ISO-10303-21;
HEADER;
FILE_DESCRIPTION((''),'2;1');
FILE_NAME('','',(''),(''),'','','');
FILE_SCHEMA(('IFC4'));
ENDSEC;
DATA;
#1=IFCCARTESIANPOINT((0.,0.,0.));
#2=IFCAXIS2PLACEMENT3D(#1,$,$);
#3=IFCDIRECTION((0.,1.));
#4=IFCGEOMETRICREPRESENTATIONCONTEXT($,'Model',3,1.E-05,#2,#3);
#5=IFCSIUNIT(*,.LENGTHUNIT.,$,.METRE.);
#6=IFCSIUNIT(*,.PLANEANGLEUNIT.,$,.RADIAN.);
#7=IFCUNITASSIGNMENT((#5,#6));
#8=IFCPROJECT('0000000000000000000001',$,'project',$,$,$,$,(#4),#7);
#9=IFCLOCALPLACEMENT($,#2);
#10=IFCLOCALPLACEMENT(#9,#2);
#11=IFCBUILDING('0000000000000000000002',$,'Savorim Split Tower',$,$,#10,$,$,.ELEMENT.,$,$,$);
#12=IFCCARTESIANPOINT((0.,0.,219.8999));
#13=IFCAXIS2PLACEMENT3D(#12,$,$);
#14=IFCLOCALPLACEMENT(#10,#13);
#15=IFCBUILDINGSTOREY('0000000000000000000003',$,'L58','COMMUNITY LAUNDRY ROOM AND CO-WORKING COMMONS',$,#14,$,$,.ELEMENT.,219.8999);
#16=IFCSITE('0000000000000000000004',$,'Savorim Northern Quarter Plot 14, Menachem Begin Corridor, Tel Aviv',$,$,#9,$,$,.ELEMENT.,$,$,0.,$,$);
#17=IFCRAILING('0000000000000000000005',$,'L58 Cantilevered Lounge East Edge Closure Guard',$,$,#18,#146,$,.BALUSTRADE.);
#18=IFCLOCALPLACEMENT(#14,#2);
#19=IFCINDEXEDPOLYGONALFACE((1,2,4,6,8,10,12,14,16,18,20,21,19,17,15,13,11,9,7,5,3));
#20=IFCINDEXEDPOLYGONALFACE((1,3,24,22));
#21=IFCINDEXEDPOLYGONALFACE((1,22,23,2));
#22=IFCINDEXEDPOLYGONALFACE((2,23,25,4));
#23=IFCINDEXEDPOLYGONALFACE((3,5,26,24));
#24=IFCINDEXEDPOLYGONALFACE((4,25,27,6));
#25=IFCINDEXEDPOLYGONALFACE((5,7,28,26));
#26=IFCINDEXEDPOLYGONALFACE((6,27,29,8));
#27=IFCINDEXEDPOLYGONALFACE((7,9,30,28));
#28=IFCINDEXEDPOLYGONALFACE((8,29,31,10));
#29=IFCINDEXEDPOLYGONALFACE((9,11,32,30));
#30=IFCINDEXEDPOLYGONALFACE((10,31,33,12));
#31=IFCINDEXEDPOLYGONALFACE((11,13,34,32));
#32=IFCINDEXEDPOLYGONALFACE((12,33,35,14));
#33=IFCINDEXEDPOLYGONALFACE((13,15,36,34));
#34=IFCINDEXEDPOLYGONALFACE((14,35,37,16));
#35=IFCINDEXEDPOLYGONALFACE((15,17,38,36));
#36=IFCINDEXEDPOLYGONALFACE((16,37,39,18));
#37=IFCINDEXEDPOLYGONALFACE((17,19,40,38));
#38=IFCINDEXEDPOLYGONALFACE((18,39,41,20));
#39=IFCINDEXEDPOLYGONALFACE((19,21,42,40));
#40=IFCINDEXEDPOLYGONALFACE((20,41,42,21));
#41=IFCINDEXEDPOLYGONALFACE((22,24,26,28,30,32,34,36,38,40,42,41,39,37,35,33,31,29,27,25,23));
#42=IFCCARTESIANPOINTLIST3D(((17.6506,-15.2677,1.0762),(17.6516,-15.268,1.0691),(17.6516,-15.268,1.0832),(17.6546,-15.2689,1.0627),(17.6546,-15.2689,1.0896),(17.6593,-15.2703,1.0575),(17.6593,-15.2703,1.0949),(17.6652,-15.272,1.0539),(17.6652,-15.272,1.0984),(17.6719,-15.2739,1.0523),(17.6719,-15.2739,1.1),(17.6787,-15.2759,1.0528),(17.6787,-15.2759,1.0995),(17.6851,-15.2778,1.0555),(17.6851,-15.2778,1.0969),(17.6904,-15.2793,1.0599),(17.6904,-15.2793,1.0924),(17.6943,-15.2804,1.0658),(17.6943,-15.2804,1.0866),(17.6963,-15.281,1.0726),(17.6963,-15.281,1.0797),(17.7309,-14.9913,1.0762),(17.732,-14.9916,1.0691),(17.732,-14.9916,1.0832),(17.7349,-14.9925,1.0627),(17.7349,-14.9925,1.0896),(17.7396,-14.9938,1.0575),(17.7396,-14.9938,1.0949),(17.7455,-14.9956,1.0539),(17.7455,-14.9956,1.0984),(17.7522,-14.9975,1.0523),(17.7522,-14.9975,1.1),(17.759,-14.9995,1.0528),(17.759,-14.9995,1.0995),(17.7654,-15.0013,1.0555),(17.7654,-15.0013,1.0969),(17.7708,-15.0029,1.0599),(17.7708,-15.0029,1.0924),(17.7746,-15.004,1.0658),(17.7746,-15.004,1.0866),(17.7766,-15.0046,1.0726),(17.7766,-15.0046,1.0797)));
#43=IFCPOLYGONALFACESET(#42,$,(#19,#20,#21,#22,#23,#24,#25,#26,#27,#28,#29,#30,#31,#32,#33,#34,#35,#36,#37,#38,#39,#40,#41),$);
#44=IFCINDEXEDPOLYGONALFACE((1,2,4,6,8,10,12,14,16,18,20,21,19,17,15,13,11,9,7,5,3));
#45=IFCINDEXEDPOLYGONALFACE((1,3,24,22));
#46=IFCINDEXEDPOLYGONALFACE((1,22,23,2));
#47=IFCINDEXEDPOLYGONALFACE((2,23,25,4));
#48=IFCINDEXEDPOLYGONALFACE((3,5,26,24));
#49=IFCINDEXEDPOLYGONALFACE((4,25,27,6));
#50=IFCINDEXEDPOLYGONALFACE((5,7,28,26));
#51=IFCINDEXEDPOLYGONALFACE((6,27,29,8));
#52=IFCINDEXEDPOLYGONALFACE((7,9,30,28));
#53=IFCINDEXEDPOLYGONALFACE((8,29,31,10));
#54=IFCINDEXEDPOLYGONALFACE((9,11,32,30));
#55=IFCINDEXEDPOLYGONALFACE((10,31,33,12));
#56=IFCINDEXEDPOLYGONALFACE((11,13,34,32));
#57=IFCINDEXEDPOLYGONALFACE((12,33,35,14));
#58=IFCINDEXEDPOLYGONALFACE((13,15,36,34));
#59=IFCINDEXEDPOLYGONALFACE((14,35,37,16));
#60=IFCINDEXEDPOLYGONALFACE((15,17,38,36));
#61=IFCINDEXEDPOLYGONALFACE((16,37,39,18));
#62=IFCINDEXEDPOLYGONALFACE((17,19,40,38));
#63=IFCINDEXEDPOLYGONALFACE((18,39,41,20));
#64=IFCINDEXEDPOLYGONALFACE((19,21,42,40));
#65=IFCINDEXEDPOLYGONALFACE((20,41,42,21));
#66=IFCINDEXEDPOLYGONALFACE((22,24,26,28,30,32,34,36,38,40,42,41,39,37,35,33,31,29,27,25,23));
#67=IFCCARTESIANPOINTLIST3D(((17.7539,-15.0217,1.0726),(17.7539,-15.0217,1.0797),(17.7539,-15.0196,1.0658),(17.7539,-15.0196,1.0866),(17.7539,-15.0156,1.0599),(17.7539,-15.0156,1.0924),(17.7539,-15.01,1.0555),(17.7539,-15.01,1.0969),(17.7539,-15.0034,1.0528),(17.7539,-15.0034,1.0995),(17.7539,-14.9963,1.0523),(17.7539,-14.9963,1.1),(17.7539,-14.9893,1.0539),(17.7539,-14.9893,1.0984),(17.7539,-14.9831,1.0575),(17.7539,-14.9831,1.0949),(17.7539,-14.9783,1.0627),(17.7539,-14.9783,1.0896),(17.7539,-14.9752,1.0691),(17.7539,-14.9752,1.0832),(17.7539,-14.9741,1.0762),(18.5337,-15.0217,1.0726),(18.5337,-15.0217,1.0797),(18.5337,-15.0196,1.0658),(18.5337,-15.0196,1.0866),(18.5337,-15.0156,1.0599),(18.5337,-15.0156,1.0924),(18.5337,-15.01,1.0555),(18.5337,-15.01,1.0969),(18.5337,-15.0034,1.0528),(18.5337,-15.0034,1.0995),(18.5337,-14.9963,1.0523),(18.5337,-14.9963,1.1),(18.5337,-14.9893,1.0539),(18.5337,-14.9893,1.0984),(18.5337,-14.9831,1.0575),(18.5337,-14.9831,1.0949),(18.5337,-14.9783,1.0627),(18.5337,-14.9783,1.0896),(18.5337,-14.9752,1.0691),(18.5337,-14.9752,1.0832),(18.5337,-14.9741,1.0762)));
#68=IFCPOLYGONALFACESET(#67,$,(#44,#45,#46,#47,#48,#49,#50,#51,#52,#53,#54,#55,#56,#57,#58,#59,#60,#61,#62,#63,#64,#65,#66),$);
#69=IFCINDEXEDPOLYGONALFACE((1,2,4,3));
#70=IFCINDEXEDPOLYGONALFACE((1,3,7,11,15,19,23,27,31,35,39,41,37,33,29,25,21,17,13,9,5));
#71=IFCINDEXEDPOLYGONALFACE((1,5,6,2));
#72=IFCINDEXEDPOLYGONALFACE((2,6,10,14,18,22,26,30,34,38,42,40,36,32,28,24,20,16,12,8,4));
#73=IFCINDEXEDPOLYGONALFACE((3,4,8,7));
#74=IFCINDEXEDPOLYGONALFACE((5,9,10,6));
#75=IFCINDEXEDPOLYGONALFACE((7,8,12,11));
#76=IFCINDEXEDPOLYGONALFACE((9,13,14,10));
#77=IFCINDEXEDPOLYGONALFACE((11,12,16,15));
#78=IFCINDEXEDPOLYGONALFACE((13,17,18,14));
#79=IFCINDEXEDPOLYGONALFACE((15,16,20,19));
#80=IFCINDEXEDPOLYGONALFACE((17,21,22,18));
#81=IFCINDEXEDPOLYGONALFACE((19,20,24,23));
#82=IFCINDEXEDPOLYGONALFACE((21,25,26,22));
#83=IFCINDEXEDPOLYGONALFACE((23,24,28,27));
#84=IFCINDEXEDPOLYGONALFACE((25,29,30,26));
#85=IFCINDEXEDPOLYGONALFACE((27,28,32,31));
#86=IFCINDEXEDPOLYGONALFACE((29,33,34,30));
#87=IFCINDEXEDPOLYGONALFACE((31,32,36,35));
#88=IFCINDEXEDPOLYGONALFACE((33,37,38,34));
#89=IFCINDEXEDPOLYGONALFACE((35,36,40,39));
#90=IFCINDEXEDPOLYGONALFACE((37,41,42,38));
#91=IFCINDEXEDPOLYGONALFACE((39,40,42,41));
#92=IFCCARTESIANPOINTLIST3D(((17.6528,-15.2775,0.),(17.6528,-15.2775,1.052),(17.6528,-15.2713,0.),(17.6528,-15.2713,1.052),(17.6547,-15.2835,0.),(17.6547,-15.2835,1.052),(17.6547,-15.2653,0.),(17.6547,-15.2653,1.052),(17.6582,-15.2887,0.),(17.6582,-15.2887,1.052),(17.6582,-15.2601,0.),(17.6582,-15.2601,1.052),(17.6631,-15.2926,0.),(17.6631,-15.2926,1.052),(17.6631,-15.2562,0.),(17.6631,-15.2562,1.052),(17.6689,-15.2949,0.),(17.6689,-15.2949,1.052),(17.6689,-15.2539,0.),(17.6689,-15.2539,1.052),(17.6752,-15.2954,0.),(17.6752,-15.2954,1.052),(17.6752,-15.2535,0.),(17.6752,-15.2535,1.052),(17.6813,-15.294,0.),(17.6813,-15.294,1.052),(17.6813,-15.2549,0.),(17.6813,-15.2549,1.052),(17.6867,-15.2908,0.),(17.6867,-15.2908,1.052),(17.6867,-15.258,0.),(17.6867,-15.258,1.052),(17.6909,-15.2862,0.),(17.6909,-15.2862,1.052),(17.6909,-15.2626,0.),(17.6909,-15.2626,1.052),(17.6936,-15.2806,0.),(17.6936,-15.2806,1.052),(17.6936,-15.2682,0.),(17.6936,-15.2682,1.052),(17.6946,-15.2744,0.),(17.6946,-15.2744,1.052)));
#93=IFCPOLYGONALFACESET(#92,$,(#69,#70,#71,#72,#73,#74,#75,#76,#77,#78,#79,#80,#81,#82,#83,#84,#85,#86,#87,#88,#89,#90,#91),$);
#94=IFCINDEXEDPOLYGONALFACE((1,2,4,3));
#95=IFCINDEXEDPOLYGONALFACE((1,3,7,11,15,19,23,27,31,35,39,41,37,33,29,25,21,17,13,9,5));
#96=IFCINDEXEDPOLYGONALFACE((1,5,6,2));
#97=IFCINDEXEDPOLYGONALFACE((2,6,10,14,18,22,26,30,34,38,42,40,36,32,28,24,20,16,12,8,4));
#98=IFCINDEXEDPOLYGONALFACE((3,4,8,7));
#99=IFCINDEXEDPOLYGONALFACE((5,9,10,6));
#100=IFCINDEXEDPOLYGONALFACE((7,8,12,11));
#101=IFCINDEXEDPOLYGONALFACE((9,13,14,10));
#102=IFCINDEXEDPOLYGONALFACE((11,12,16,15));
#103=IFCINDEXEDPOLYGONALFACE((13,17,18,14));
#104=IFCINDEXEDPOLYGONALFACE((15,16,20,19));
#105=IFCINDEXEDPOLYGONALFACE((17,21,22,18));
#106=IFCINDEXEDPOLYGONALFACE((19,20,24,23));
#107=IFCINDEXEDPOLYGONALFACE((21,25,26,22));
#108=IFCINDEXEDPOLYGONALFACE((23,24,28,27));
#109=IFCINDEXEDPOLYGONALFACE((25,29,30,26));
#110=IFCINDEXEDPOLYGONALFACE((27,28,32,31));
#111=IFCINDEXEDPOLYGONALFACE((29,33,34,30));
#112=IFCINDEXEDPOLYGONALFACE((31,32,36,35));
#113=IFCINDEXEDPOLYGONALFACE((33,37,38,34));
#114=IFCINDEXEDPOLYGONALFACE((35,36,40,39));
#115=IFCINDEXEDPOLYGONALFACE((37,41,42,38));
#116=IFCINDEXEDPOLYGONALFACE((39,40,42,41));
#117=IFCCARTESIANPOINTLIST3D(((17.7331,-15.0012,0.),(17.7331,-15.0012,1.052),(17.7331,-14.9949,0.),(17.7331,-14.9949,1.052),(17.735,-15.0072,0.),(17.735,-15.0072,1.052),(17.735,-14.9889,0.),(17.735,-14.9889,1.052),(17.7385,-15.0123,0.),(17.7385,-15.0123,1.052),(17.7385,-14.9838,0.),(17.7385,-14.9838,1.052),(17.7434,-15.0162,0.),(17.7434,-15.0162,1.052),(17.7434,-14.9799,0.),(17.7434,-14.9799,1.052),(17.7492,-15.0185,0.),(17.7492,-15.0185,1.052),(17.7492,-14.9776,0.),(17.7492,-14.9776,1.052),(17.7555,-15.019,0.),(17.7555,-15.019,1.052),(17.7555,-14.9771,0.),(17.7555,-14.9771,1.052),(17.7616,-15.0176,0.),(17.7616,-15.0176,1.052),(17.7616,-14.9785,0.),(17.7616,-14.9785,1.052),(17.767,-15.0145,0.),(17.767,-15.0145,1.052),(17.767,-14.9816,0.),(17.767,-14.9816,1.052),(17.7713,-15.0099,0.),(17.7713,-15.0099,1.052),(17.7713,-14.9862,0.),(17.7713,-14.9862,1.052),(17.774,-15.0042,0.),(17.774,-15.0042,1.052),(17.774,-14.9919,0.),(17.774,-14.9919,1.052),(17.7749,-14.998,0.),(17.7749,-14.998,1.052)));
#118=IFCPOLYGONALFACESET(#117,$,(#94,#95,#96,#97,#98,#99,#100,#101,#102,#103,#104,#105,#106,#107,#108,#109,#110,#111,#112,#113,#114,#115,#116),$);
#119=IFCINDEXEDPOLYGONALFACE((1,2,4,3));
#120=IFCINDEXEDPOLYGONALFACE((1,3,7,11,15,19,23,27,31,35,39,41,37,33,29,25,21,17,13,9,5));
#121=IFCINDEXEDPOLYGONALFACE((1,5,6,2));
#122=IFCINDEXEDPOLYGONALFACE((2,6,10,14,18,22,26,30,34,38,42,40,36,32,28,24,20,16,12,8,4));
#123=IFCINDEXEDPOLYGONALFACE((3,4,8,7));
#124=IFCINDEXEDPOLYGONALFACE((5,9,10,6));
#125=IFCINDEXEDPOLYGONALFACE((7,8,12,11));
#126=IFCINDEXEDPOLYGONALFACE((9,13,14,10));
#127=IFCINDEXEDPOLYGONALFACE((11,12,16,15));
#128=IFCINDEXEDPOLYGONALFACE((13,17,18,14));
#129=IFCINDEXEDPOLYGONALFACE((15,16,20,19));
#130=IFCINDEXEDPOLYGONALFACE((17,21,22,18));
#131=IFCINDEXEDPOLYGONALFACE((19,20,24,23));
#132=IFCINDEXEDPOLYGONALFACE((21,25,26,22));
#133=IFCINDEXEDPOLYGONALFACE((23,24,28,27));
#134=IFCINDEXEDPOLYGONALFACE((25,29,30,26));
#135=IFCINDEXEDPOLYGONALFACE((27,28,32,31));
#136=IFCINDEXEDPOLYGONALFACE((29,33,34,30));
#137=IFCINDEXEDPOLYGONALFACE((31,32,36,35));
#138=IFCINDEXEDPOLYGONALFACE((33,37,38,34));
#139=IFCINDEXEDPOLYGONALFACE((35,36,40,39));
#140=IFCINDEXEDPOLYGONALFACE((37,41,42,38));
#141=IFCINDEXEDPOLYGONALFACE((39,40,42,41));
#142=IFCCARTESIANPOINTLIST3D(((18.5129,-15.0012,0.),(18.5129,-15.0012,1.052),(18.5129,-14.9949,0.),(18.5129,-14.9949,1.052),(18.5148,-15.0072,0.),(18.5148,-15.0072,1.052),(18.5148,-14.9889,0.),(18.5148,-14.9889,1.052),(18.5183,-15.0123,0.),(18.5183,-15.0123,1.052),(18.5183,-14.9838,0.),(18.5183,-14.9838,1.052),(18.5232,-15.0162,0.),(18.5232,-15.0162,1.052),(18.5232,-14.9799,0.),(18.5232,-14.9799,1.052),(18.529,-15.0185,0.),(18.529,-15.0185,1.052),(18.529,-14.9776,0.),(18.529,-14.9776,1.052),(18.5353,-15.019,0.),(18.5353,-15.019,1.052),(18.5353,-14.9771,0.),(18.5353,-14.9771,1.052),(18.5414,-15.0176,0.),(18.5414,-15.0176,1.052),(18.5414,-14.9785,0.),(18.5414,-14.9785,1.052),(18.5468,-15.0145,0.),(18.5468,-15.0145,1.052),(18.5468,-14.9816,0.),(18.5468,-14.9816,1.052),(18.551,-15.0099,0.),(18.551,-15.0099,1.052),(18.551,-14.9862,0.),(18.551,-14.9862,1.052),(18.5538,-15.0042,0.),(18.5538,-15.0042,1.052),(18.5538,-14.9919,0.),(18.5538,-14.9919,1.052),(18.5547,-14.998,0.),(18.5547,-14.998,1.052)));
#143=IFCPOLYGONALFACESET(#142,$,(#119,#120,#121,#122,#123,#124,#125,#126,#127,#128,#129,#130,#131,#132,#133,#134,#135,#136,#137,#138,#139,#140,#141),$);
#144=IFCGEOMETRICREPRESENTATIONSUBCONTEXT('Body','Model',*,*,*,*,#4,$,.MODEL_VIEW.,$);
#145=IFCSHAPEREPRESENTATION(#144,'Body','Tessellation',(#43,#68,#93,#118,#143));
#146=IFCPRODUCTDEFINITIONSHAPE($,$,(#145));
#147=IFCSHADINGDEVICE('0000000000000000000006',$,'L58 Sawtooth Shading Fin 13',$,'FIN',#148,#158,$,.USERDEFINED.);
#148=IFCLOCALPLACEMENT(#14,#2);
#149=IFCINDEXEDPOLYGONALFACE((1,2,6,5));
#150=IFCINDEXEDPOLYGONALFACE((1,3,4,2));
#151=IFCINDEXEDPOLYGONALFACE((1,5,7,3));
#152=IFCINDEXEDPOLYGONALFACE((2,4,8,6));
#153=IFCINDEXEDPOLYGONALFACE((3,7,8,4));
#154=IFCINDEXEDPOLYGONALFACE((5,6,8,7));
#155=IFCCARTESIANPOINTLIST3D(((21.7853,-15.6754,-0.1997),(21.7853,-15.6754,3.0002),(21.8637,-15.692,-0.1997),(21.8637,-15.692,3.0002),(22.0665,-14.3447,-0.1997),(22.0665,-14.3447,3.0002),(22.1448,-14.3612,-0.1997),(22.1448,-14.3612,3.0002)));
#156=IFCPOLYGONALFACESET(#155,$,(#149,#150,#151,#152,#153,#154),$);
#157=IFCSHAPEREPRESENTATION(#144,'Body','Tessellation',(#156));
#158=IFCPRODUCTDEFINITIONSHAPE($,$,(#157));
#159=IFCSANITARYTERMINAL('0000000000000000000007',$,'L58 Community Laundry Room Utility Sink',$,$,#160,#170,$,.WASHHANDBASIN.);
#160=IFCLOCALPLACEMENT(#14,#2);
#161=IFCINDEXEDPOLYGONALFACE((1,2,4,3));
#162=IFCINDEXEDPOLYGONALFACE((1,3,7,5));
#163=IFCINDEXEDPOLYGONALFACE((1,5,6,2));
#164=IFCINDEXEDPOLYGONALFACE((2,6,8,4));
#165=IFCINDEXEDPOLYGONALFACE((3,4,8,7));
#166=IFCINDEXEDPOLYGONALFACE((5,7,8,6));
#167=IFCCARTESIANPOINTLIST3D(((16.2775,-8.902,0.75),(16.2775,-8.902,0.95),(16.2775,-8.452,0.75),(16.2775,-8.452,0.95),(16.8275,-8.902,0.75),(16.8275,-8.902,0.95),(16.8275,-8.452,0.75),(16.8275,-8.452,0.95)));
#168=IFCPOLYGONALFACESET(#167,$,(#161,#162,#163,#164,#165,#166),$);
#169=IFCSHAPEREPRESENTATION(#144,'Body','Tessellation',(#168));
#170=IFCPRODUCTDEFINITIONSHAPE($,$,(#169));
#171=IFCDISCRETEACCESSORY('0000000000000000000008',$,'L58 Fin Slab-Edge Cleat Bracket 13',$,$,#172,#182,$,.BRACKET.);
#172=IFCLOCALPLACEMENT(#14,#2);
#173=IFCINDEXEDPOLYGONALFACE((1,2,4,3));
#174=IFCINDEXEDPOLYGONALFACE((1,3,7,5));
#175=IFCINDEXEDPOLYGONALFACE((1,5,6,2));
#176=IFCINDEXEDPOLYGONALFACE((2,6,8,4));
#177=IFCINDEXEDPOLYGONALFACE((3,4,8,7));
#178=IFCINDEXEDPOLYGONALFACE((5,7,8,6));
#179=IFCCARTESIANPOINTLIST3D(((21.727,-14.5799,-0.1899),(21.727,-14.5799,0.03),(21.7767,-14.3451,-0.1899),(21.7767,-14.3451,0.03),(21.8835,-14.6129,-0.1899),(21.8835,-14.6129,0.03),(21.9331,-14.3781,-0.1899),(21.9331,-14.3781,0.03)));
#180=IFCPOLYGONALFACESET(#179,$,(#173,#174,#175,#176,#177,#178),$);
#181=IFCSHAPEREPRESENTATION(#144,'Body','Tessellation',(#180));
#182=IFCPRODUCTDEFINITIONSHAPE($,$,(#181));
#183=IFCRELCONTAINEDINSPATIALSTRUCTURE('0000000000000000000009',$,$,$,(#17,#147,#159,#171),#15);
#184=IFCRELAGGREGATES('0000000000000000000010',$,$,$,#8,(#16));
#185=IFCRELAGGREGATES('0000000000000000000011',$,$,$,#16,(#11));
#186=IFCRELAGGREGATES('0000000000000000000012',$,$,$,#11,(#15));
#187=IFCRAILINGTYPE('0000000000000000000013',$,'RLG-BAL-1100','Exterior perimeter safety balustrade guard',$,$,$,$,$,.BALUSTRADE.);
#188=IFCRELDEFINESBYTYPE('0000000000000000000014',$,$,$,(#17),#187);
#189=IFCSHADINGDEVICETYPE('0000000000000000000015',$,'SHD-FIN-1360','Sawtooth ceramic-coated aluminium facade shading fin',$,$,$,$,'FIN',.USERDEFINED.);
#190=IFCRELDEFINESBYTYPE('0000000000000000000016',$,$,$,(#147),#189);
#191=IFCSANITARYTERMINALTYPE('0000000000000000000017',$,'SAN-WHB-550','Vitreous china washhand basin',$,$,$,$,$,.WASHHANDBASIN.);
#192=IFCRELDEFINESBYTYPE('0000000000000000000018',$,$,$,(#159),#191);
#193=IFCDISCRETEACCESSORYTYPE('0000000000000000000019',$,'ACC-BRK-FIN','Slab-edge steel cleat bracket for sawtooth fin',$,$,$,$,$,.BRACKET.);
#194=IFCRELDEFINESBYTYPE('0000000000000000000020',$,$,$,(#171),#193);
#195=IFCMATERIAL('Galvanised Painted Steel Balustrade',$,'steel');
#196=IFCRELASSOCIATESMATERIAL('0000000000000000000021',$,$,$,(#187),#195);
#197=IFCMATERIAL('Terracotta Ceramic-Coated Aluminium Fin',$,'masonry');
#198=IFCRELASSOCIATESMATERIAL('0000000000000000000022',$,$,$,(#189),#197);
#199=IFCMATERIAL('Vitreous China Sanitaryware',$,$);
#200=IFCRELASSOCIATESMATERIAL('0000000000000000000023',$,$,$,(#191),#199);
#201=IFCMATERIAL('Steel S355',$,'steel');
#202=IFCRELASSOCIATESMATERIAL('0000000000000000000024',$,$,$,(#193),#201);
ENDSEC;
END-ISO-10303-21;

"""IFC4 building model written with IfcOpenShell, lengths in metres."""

from ifc_helpers import new_model, si_unit, direction, frame, origin, origin_2d, place, context, subcontext, project, spatial, rectangle, circle, extrude, material, type_object, element, save


model = new_model("IFC4")

# Units and contexts
model_context = context("Model", 3, precision=1e-05, world=origin(), true_north=direction((0.0, 1.0)))
body_context = subcontext(model_context, "Body", "Model", "MODEL_VIEW")
ifc_project = project(units=[si_unit("LENGTHUNIT", "METRE"), si_unit("PLANEANGLEUNIT", "RADIAN")], contexts=[model_context])

# Site, building, storey
site_placement = place(None, origin())
site = spatial("IfcSite", under=ifc_project, at=site_placement, Name="Savorim Northern Quarter Plot 14, Menachem Begin Corridor, Tel Aviv", CompositionType="ELEMENT", RefElevation=0.0)
building_placement = place(site_placement, origin())
building = spatial("IfcBuilding", under=site, at=building_placement, Name="Savorim Split Tower", CompositionType="ELEMENT")
storey_placement = place(building_placement, frame((0.0, 0.0, 219.8999)))
storey = spatial("IfcBuildingStorey", under=building, at=storey_placement, Name="L58", Description="COMMUNITY LAUNDRY ROOM AND CO-WORKING COMMONS", CompositionType="ELEMENT", Elevation=219.8999)

# Shared definitions
ifc_material_1 = material(Name="Steel S355", Category="steel")

# Railing
ifc_material_2 = material(Name="Galvanised Painted Steel Balustrade", Category="steel")
railing_type = type_object("IfcRailingType", Name="RLG-BAL-1100", Description="Exterior perimeter safety balustrade guard", PredefinedType="BALUSTRADE", material=ifc_material_2)
railing_placement = place(storey_placement, frame((17.6736, -15.2744, 0.0)))
element("IfcRailing", 1, at=railing_placement, inside=storey, type_object=railing_type, Name="L58 Cantilevered Lounge East Edge Closure Guard", PredefinedType="BALUSTRADE", context=body_context, shape_type="SweptSolid", body=[
    extrude(circle(Radius=0.0239, at=origin_2d()), frame((0.0, 0.0, 1.0762), z_axis=(0.279088, 0.960266, 0.0), x_axis=(-0.960266, 0.279088, 0.0)), (0.0, 0.0, 1.0), 0.2878),
    extrude(circle(Radius=0.0239, at=origin_2d()), frame((0.0803, 0.2764, 1.0762), z_axis=(1.0, 0.0, 0.0), x_axis=(0.0, 1.0, 0.0)), (0.0, 0.0, 1.0), 0.7798),
    extrude(circle(Radius=0.021, at=origin_2d()), origin(), (0.0, 0.0, 1.0), 1.052),
    extrude(circle(Radius=0.021, at=origin_2d()), frame((0.0803, 0.2764, 0.0)), (0.0, 0.0, 1.0), 1.052),
    extrude(circle(Radius=0.021, at=origin_2d()), frame((0.8601, 0.2764, 0.0)), (0.0, 0.0, 1.0), 1.052),
])

# Shading device
ifc_material_3 = material(Name="Terracotta Ceramic-Coated Aluminium Fin", Category="masonry")
shading_device_type = type_object("IfcShadingDeviceType", Name="SHD-FIN-1360", Description="Sawtooth ceramic-coated aluminium facade shading fin", ElementType="FIN", PredefinedType="USERDEFINED", material=ifc_material_3)
shading_device_placement = place(storey_placement, frame((21.9651, -15.0183, -0.1997), z_axis=(0.0, 0.0, 1.0), x_axis=(-0.206722, -0.9784, 0.0)))
element("IfcShadingDevice", 2, at=shading_device_placement, inside=storey, type_object=shading_device_type, Name="L58 Sawtooth Shading Fin 13", ObjectType="FIN", PredefinedType="USERDEFINED", context=body_context, shape_type="SweptSolid", body=[
    extrude(rectangle(XDim=1.3601, YDim=0.0801, at=origin_2d()), origin(), (0.0, 0.0, 1.0), 3.2),
])

# Sanitary terminal
ifc_material_4 = material(Name="Vitreous China Sanitaryware")
sanitary_terminal_type = type_object("IfcSanitaryTerminalType", Name="SAN-WHB-550", Description="Vitreous china washhand basin", PredefinedType="WASHHANDBASIN", material=ifc_material_4)
sanitary_terminal_placement = place(storey_placement, frame((16.5525, -8.677, 0.75), z_axis=(0.0, 0.0, 1.0), x_axis=(1.0, 0.0, 0.0)))
element("IfcSanitaryTerminal", 3, at=sanitary_terminal_placement, inside=storey, type_object=sanitary_terminal_type, Name="L58 Community Laundry Room Utility Sink", PredefinedType="WASHHANDBASIN", context=body_context, shape_type="SweptSolid", body=[
    extrude(rectangle(XDim=0.55, YDim=0.45, at=origin_2d()), origin(), (0.0, 0.0, 1.0), 0.2),
])

# Discrete accessory
discrete_accessory_type = type_object("IfcDiscreteAccessoryType", Name="ACC-BRK-FIN", Description="Slab-edge steel cleat bracket for sawtooth fin", PredefinedType="BRACKET", material=ifc_material_1)
discrete_accessory_placement = place(storey_placement, frame((21.8301, -14.479, -0.1899), z_axis=(0.0, 0.0, 1.0), x_axis=(-0.206722, -0.9784, 0.0)))
element("IfcDiscreteAccessory", 4, at=discrete_accessory_placement, inside=storey, type_object=discrete_accessory_type, Name="L58 Fin Slab-Edge Cleat Bracket 13", PredefinedType="BRACKET", context=body_context, shape_type="SweptSolid", body=[
    extrude(rectangle(XDim=0.24, YDim=0.1599, at=origin_2d()), origin(), (0.0, 0.0, 1.0), 0.22),
])

save(model, "model.ifc")
